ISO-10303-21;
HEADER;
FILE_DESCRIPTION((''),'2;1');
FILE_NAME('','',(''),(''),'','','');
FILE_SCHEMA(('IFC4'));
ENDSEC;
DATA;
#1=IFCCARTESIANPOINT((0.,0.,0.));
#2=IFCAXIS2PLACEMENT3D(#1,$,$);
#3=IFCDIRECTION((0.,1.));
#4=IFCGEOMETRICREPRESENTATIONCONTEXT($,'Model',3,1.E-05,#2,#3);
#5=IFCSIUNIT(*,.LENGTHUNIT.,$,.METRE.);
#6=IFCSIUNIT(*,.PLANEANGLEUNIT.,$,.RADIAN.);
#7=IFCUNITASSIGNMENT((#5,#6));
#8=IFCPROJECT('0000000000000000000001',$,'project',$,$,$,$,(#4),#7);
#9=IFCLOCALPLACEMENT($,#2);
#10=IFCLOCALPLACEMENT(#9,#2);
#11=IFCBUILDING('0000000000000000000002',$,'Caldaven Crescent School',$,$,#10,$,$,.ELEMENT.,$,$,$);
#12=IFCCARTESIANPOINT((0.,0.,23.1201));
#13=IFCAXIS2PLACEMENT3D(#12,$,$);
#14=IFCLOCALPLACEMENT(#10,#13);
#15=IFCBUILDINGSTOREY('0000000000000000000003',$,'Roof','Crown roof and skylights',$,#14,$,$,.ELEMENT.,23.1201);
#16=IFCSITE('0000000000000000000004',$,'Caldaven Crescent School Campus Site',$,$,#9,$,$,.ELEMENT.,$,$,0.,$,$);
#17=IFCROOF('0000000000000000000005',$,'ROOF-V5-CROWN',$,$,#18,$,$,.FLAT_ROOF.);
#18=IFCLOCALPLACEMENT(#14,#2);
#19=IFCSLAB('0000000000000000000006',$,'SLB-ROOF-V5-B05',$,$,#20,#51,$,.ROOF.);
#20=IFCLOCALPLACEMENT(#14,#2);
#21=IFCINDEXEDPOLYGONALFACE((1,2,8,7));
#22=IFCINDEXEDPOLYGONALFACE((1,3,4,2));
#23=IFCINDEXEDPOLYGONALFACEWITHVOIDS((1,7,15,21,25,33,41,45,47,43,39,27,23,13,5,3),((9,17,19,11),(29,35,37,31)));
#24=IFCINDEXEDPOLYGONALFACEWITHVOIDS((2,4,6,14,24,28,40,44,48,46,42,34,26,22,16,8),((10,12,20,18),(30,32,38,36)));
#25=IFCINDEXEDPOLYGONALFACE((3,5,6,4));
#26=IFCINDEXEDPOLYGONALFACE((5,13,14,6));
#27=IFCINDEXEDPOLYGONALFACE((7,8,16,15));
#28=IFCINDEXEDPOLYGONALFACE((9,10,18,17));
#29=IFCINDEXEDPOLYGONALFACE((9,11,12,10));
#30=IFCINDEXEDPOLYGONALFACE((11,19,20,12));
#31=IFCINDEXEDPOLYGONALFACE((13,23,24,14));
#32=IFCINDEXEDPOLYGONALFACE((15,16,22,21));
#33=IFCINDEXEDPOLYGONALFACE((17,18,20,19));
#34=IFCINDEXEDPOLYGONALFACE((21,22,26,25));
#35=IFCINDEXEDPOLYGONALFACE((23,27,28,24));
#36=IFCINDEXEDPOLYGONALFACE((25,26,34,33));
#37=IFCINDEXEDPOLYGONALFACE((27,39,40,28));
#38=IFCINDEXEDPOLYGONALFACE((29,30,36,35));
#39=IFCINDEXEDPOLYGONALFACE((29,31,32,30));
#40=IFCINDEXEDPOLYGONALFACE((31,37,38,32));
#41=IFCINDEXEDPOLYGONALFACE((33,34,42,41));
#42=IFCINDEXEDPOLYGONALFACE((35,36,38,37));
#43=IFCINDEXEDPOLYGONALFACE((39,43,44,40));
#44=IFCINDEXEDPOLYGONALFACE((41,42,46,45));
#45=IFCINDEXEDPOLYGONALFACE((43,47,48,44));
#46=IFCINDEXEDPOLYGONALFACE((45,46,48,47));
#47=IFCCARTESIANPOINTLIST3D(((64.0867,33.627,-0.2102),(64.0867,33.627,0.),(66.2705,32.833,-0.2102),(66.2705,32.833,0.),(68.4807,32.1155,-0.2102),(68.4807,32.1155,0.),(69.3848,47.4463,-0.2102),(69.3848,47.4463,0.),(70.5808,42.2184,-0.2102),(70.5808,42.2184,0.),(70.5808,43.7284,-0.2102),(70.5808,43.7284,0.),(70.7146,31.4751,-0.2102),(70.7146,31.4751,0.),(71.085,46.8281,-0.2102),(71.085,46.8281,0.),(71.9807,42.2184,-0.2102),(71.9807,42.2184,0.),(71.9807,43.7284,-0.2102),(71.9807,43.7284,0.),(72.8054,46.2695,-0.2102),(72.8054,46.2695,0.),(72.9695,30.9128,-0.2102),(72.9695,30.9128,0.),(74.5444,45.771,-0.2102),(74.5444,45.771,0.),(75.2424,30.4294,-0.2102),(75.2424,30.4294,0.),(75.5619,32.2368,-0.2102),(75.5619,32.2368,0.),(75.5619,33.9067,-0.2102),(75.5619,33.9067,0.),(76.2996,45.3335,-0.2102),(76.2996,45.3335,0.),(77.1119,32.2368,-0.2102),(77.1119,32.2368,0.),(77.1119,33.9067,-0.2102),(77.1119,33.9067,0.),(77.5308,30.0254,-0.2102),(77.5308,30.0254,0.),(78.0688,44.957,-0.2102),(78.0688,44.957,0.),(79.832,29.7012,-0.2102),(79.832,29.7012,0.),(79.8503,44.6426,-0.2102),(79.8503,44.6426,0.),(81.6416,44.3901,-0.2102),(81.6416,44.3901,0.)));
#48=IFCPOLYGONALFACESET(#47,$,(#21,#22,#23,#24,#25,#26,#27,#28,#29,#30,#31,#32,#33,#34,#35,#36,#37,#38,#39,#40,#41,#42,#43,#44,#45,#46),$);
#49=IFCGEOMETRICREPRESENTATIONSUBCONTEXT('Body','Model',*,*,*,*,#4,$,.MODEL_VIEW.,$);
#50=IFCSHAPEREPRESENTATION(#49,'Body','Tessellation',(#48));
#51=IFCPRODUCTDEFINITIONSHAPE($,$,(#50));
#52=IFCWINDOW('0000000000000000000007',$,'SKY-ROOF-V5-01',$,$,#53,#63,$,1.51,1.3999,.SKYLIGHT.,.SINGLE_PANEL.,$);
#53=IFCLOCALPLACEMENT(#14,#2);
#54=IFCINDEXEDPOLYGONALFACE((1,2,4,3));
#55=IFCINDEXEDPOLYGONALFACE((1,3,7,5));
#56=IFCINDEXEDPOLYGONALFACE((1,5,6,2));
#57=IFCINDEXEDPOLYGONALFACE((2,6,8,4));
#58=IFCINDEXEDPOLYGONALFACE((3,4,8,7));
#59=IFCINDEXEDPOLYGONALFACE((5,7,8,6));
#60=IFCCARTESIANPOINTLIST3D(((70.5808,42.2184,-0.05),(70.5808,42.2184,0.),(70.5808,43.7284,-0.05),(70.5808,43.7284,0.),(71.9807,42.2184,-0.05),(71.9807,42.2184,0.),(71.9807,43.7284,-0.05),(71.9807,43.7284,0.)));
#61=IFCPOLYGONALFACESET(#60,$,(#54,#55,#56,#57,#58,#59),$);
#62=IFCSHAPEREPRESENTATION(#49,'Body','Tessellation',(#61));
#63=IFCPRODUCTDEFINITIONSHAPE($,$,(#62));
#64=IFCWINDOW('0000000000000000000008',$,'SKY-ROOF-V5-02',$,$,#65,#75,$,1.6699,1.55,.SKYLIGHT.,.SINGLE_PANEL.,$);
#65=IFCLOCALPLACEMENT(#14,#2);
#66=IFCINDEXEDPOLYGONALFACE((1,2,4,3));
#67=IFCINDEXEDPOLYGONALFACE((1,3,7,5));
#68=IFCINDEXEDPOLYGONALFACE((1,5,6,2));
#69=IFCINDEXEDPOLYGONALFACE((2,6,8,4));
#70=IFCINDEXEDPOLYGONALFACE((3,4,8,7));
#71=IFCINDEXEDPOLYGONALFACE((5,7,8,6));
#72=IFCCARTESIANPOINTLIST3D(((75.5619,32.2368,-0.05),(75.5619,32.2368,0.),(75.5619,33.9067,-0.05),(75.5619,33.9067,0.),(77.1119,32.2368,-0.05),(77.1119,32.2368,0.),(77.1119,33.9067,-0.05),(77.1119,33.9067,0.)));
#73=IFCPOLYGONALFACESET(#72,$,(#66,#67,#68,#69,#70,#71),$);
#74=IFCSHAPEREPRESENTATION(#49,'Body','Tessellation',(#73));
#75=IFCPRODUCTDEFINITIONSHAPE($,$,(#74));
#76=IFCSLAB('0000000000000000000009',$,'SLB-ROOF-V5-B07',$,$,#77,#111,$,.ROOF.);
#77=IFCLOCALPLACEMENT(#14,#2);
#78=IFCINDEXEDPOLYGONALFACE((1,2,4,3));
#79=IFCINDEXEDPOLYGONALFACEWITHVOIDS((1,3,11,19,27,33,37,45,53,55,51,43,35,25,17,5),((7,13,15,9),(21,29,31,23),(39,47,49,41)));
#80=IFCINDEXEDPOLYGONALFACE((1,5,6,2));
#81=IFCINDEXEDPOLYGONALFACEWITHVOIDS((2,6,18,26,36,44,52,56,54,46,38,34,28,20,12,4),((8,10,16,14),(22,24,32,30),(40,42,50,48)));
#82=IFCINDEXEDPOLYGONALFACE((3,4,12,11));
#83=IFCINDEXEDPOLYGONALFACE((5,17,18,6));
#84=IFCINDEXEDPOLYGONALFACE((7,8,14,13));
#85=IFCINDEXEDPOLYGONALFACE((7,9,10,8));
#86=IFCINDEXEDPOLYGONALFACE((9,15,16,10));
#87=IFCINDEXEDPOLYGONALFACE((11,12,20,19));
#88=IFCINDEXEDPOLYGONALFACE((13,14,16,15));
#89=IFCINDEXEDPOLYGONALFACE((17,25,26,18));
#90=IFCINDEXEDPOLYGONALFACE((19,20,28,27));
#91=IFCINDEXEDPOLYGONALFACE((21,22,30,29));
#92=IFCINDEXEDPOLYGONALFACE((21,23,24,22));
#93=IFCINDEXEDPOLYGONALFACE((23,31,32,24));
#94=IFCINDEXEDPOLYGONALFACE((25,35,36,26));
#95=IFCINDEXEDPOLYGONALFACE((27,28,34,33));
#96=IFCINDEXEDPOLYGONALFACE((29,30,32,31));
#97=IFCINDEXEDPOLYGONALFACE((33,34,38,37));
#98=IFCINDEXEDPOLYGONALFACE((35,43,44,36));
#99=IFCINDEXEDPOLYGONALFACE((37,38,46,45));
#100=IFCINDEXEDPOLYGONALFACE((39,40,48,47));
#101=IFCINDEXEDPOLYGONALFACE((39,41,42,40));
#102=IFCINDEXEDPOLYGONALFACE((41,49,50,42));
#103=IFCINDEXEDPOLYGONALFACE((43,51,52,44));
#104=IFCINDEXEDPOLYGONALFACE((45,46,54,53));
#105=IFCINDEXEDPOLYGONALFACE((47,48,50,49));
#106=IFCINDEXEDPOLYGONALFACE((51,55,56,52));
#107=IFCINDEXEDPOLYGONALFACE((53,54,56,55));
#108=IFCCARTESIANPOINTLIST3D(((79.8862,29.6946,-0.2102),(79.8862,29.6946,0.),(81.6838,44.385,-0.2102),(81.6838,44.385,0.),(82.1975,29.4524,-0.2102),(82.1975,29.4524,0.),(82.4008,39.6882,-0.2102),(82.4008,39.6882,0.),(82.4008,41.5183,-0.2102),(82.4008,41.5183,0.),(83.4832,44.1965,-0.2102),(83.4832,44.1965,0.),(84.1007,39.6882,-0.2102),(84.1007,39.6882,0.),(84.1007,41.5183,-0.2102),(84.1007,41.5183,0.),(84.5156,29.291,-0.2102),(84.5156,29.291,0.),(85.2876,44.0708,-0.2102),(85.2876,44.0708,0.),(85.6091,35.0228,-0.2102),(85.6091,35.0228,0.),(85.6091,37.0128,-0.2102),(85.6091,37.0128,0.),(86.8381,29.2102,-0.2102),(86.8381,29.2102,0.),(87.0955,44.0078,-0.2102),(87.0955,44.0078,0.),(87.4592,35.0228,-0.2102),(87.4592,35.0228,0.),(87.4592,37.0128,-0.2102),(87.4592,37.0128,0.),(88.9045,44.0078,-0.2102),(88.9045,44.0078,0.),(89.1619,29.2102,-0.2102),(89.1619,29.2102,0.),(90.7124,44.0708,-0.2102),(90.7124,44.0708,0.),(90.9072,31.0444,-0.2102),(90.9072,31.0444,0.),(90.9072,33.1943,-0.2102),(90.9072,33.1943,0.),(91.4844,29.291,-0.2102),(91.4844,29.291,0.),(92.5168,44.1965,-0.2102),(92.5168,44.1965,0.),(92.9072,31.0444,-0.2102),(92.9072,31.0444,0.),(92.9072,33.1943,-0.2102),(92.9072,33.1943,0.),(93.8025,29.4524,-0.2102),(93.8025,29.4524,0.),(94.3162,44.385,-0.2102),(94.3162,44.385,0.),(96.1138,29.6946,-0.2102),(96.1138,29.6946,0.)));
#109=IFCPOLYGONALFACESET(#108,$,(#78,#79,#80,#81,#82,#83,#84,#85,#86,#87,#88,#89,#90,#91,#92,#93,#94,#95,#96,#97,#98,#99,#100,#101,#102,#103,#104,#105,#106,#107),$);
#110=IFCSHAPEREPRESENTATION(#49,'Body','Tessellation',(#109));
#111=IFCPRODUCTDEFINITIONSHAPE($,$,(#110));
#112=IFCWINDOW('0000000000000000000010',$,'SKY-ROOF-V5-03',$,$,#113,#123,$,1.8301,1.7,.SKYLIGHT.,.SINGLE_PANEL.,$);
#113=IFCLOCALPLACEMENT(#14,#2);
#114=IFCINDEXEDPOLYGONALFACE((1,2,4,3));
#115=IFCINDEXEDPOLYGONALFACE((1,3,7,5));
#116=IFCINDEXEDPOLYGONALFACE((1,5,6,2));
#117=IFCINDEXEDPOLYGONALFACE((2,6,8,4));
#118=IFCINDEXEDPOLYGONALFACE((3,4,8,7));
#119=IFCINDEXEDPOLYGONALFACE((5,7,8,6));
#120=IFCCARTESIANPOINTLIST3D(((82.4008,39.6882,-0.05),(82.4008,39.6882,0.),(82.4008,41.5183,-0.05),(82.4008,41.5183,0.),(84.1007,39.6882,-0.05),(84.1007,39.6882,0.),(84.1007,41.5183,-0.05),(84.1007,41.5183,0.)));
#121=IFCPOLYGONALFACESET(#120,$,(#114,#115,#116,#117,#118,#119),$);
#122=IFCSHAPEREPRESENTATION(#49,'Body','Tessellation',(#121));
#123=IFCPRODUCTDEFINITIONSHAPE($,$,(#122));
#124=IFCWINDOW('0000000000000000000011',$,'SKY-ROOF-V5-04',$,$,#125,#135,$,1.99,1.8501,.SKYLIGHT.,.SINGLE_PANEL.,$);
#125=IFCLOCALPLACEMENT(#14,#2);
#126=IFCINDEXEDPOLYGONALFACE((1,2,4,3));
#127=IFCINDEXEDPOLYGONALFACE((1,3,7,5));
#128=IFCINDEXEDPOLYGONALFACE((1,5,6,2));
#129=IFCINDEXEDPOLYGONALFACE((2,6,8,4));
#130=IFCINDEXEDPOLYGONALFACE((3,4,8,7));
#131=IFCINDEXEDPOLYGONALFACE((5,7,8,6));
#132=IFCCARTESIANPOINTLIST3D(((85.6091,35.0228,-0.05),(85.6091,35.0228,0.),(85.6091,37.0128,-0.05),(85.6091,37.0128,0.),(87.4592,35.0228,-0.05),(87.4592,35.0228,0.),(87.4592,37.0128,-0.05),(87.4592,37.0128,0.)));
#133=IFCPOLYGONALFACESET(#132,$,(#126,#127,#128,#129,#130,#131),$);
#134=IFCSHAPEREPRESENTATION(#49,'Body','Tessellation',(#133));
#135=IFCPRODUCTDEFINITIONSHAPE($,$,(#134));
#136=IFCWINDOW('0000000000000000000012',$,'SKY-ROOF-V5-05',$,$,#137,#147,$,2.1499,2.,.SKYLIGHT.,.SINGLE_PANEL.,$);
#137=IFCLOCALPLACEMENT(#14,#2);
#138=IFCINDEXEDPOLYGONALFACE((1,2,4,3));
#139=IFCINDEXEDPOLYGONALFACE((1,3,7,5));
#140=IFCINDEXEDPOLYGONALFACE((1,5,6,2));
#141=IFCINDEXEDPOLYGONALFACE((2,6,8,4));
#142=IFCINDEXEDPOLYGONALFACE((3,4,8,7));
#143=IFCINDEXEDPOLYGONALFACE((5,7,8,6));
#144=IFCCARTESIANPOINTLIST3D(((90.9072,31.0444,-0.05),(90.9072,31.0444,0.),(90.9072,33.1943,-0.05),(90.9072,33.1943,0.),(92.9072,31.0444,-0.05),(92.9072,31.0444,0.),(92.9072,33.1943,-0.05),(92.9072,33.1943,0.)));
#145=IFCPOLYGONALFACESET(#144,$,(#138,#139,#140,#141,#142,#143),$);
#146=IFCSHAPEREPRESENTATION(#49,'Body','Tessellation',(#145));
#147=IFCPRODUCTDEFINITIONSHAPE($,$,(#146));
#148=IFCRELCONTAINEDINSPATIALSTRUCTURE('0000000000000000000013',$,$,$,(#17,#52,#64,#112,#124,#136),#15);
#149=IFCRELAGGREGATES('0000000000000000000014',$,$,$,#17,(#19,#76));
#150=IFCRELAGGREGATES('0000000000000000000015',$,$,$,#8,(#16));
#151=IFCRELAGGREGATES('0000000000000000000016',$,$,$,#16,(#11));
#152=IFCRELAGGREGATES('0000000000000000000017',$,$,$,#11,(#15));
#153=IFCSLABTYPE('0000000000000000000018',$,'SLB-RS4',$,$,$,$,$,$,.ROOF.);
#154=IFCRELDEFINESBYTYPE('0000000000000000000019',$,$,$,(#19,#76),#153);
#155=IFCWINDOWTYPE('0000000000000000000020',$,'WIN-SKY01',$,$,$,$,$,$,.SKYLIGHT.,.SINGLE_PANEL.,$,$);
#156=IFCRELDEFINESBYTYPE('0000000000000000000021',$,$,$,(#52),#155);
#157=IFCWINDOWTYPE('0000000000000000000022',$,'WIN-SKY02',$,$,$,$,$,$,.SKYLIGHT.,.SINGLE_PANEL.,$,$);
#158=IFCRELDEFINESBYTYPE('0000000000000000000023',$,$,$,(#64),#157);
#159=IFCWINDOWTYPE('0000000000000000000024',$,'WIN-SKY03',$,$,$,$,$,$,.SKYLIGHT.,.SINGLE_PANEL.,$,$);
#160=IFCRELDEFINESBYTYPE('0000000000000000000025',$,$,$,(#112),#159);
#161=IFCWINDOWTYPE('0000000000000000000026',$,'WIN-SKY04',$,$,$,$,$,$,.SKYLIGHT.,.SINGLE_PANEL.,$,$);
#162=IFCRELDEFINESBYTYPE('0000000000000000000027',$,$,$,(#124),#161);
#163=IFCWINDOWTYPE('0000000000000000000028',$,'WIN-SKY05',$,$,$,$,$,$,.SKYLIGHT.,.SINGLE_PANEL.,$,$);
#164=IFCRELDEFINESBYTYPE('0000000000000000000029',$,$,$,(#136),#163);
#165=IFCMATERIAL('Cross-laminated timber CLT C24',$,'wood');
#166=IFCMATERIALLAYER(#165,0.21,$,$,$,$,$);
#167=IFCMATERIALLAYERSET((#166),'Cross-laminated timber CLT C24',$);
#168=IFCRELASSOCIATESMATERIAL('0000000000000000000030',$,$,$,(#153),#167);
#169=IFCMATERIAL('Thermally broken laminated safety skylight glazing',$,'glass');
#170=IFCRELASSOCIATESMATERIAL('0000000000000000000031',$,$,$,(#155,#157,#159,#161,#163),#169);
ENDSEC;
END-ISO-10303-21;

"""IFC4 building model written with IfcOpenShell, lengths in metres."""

from ifc_helpers import new_model, si_unit, direction, frame, origin, origin_2d, place, context, subcontext, project, spatial, polyline, rectangle, outline, extrude, material, layer, layer_set, type_object, element, fill, aggregate, save


model = new_model("IFC4")

# Units and contexts
model_context = context("Model", 3, precision=1e-05, world=origin(), true_north=direction((0.0, 1.0)))
body_context = subcontext(model_context, "Body", "Model", "MODEL_VIEW")
ifc_project = project(units=[si_unit("LENGTHUNIT", "METRE"), si_unit("PLANEANGLEUNIT", "RADIAN")], contexts=[model_context])

# Site, building, storey
site_placement = place(None, origin())
site = spatial("IfcSite", under=ifc_project, at=site_placement, Name="Caldaven Crescent School Campus Site", CompositionType="ELEMENT", RefElevation=0.0)
building_placement = place(site_placement, origin())
building = spatial("IfcBuilding", under=site, at=building_placement, Name="Caldaven Crescent School", CompositionType="ELEMENT")
storey_placement = place(building_placement, frame((0.0, 0.0, 23.1201)))
storey = spatial("IfcBuildingStorey", under=building, at=storey_placement, Name="Roof", Description="Crown roof and skylights", CompositionType="ELEMENT", Elevation=23.1201)

# Roof, slabs, openings, windows
roof_placement = place(storey_placement, origin())
roof = element("IfcRoof", 1, at=roof_placement, inside=storey, Name="ROOF-V5-CROWN", PredefinedType="FLAT_ROOF")
ifc_material_1 = material(Name="Cross-laminated timber CLT C24", Category="wood")
ifc_layer_1 = layer(ifc_material_1, 0.21)
ifc_layer_set_1 = layer_set([ifc_layer_1], Name="Cross-laminated timber CLT C24")
slab_type = type_object("IfcSlabType", Name="SLB-RS4", PredefinedType="ROOF", material=ifc_layer_set_1)
slab_1_placement = place(storey_placement, frame((0.0, 0.0, -0.2102)))
slab_1 = element("IfcSlab", 2, at=slab_1_placement, type_object=slab_type, Name="SLB-ROOF-V5-B05", PredefinedType="ROOF", context=body_context, shape_type="SweptSolid", body=[
    extrude(outline(polyline([(64.0867, 33.627), (66.2705, 32.833), (68.4807, 32.1155), (70.7146, 31.4751), (72.9695, 30.9128), (75.2424, 30.4294), (77.5308, 30.0254), (79.832, 29.7012), (81.6416, 44.3901), (79.8503, 44.6426), (78.0688, 44.957), (76.2996, 45.3335), (74.5444, 45.771), (72.8054, 46.2695), (71.085, 46.8281), (69.3848, 47.4463), (64.0867, 33.627)])), origin(), (0.0, 0.0, 1.0), 0.2102),
])
opening_1_placement = place(slab_1_placement, frame((71.2808, 42.9734, -0.01)))
opening_1 = element("IfcOpeningElement", 3, at=opening_1_placement, cuts=slab_1, PredefinedType="OPENING", context=body_context, shape_type="SweptSolid", body=[
    extrude(rectangle(XDim=1.3999, YDim=1.51, at=origin_2d()), origin(), (0.0, 0.0, 1.0), 0.2302),
])
opening_2_placement = place(slab_1_placement, frame((76.3369, 33.0718, -0.01)))
opening_2 = element("IfcOpeningElement", 4, at=opening_2_placement, cuts=slab_1, PredefinedType="OPENING", context=body_context, shape_type="SweptSolid", body=[
    extrude(rectangle(XDim=1.55, YDim=1.6699, at=origin_2d()), origin(), (0.0, 0.0, 1.0), 0.2302),
])
ifc_material_2 = material(Name="Thermally broken laminated safety skylight glazing", Category="glass")
window_type_1 = type_object("IfcWindowType", Name="WIN-SKY01", PartitioningType="SINGLE_PANEL", PredefinedType="SKYLIGHT", material=ifc_material_2)
window_1_placement = place(opening_1_placement, frame((0.0, 0.0, 0.1702)))
window_1 = element("IfcWindow", 5, at=window_1_placement, inside=storey, type_object=window_type_1, Name="SKY-ROOF-V5-01", OverallHeight=1.51, OverallWidth=1.3999, PartitioningType="SINGLE_PANEL", PredefinedType="SKYLIGHT", context=body_context, shape_type="SweptSolid", body=[
    extrude(rectangle(XDim=1.3999, YDim=1.51, at=origin_2d()), origin(), (0.0, 0.0, 1.0), 0.05),
])
fill(opening_1, window_1)
window_type_2 = type_object("IfcWindowType", Name="WIN-SKY02", PartitioningType="SINGLE_PANEL", PredefinedType="SKYLIGHT", material=ifc_material_2)
window_2_placement = place(opening_2_placement, frame((0.0, 0.0, 0.1702)))
window_2 = element("IfcWindow", 6, at=window_2_placement, inside=storey, type_object=window_type_2, Name="SKY-ROOF-V5-02", OverallHeight=1.6699, OverallWidth=1.55, PartitioningType="SINGLE_PANEL", PredefinedType="SKYLIGHT", context=body_context, shape_type="SweptSolid", body=[
    extrude(rectangle(XDim=1.55, YDim=1.6699, at=origin_2d()), origin(), (0.0, 0.0, 1.0), 0.05),
])
fill(opening_2, window_2)
slab_2_placement = place(storey_placement, frame((0.0, 0.0, -0.2102)))
slab_2 = element("IfcSlab", 7, at=slab_2_placement, type_object=slab_type, Name="SLB-ROOF-V5-B07", PredefinedType="ROOF", context=body_context, shape_type="SweptSolid", body=[
    extrude(outline(polyline([(79.8862, 29.6946), (82.1975, 29.4524), (84.5156, 29.291), (86.8381, 29.2102), (89.1619, 29.2102), (91.4844, 29.291), (93.8025, 29.4524), (96.1138, 29.6946), (94.3162, 44.385), (92.5168, 44.1965), (90.7124, 44.0708), (88.9045, 44.0078), (87.0955, 44.0078), (85.2876, 44.0708), (83.4832, 44.1965), (81.6838, 44.385), (79.8862, 29.6946)])), origin(), (0.0, 0.0, 1.0), 0.2102),
])
opening_3_placement = place(slab_2_placement, frame((83.2507, 40.6033, -0.01)))
opening_3 = element("IfcOpeningElement", 8, at=opening_3_placement, cuts=slab_2, PredefinedType="OPENING", context=body_context, shape_type="SweptSolid", body=[
    extrude(rectangle(XDim=1.7, YDim=1.8301, at=origin_2d()), origin(), (0.0, 0.0, 1.0), 0.2302),
])
opening_4_placement = place(slab_2_placement, frame((86.5342, 36.0178, -0.01)))
opening_4 = element("IfcOpeningElement", 9, at=opening_4_placement, cuts=slab_2, PredefinedType="OPENING", context=body_context, shape_type="SweptSolid", body=[
    extrude(rectangle(XDim=1.8501, YDim=1.99, at=origin_2d()), origin(), (0.0, 0.0, 1.0), 0.2302),
])
opening_5_placement = place(slab_2_placement, frame((91.9072, 32.1194, -0.01)))
opening_5 = element("IfcOpeningElement", 10, at=opening_5_placement, cuts=slab_2, PredefinedType="OPENING", context=body_context, shape_type="SweptSolid", body=[
    extrude(rectangle(XDim=2.0, YDim=2.1499, at=origin_2d()), origin(), (0.0, 0.0, 1.0), 0.2302),
])
window_type_3 = type_object("IfcWindowType", Name="WIN-SKY03", PartitioningType="SINGLE_PANEL", PredefinedType="SKYLIGHT", material=ifc_material_2)
window_3_placement = place(opening_3_placement, frame((0.0, 0.0, 0.1702)))
window_3 = element("IfcWindow", 11, at=window_3_placement, inside=storey, type_object=window_type_3, Name="SKY-ROOF-V5-03", OverallHeight=1.8301, OverallWidth=1.7, PartitioningType="SINGLE_PANEL", PredefinedType="SKYLIGHT", context=body_context, shape_type="SweptSolid", body=[
    extrude(rectangle(XDim=1.7, YDim=1.8301, at=origin_2d()), origin(), (0.0, 0.0, 1.0), 0.05),
])
fill(opening_3, window_3)
window_type_4 = type_object("IfcWindowType", Name="WIN-SKY04", PartitioningType="SINGLE_PANEL", PredefinedType="SKYLIGHT", material=ifc_material_2)
window_4_placement = place(opening_4_placement, frame((0.0, 0.0, 0.1702)))
window_4 = element("IfcWindow", 12, at=window_4_placement, inside=storey, type_object=window_type_4, Name="SKY-ROOF-V5-04", OverallHeight=1.99, OverallWidth=1.8501, PartitioningType="SINGLE_PANEL", PredefinedType="SKYLIGHT", context=body_context, shape_type="SweptSolid", body=[
    extrude(rectangle(XDim=1.8501, YDim=1.99, at=origin_2d()), origin(), (0.0, 0.0, 1.0), 0.05),
])
fill(opening_4, window_4)
window_type_5 = type_object("IfcWindowType", Name="WIN-SKY05", PartitioningType="SINGLE_PANEL", PredefinedType="SKYLIGHT", material=ifc_material_2)
window_5_placement = place(opening_5_placement, frame((0.0, 0.0, 0.1702)))
window_5 = element("IfcWindow", 13, at=window_5_placement, inside=storey, type_object=window_type_5, Name="SKY-ROOF-V5-05", OverallHeight=2.1499, OverallWidth=2.0, PartitioningType="SINGLE_PANEL", PredefinedType="SKYLIGHT", context=body_context, shape_type="SweptSolid", body=[
    extrude(rectangle(XDim=2.0, YDim=2.1499, at=origin_2d()), origin(), (0.0, 0.0, 1.0), 0.05),
])
fill(opening_5, window_5)
aggregate(roof, [slab_1, slab_2])

save(model, "model.ifc")
